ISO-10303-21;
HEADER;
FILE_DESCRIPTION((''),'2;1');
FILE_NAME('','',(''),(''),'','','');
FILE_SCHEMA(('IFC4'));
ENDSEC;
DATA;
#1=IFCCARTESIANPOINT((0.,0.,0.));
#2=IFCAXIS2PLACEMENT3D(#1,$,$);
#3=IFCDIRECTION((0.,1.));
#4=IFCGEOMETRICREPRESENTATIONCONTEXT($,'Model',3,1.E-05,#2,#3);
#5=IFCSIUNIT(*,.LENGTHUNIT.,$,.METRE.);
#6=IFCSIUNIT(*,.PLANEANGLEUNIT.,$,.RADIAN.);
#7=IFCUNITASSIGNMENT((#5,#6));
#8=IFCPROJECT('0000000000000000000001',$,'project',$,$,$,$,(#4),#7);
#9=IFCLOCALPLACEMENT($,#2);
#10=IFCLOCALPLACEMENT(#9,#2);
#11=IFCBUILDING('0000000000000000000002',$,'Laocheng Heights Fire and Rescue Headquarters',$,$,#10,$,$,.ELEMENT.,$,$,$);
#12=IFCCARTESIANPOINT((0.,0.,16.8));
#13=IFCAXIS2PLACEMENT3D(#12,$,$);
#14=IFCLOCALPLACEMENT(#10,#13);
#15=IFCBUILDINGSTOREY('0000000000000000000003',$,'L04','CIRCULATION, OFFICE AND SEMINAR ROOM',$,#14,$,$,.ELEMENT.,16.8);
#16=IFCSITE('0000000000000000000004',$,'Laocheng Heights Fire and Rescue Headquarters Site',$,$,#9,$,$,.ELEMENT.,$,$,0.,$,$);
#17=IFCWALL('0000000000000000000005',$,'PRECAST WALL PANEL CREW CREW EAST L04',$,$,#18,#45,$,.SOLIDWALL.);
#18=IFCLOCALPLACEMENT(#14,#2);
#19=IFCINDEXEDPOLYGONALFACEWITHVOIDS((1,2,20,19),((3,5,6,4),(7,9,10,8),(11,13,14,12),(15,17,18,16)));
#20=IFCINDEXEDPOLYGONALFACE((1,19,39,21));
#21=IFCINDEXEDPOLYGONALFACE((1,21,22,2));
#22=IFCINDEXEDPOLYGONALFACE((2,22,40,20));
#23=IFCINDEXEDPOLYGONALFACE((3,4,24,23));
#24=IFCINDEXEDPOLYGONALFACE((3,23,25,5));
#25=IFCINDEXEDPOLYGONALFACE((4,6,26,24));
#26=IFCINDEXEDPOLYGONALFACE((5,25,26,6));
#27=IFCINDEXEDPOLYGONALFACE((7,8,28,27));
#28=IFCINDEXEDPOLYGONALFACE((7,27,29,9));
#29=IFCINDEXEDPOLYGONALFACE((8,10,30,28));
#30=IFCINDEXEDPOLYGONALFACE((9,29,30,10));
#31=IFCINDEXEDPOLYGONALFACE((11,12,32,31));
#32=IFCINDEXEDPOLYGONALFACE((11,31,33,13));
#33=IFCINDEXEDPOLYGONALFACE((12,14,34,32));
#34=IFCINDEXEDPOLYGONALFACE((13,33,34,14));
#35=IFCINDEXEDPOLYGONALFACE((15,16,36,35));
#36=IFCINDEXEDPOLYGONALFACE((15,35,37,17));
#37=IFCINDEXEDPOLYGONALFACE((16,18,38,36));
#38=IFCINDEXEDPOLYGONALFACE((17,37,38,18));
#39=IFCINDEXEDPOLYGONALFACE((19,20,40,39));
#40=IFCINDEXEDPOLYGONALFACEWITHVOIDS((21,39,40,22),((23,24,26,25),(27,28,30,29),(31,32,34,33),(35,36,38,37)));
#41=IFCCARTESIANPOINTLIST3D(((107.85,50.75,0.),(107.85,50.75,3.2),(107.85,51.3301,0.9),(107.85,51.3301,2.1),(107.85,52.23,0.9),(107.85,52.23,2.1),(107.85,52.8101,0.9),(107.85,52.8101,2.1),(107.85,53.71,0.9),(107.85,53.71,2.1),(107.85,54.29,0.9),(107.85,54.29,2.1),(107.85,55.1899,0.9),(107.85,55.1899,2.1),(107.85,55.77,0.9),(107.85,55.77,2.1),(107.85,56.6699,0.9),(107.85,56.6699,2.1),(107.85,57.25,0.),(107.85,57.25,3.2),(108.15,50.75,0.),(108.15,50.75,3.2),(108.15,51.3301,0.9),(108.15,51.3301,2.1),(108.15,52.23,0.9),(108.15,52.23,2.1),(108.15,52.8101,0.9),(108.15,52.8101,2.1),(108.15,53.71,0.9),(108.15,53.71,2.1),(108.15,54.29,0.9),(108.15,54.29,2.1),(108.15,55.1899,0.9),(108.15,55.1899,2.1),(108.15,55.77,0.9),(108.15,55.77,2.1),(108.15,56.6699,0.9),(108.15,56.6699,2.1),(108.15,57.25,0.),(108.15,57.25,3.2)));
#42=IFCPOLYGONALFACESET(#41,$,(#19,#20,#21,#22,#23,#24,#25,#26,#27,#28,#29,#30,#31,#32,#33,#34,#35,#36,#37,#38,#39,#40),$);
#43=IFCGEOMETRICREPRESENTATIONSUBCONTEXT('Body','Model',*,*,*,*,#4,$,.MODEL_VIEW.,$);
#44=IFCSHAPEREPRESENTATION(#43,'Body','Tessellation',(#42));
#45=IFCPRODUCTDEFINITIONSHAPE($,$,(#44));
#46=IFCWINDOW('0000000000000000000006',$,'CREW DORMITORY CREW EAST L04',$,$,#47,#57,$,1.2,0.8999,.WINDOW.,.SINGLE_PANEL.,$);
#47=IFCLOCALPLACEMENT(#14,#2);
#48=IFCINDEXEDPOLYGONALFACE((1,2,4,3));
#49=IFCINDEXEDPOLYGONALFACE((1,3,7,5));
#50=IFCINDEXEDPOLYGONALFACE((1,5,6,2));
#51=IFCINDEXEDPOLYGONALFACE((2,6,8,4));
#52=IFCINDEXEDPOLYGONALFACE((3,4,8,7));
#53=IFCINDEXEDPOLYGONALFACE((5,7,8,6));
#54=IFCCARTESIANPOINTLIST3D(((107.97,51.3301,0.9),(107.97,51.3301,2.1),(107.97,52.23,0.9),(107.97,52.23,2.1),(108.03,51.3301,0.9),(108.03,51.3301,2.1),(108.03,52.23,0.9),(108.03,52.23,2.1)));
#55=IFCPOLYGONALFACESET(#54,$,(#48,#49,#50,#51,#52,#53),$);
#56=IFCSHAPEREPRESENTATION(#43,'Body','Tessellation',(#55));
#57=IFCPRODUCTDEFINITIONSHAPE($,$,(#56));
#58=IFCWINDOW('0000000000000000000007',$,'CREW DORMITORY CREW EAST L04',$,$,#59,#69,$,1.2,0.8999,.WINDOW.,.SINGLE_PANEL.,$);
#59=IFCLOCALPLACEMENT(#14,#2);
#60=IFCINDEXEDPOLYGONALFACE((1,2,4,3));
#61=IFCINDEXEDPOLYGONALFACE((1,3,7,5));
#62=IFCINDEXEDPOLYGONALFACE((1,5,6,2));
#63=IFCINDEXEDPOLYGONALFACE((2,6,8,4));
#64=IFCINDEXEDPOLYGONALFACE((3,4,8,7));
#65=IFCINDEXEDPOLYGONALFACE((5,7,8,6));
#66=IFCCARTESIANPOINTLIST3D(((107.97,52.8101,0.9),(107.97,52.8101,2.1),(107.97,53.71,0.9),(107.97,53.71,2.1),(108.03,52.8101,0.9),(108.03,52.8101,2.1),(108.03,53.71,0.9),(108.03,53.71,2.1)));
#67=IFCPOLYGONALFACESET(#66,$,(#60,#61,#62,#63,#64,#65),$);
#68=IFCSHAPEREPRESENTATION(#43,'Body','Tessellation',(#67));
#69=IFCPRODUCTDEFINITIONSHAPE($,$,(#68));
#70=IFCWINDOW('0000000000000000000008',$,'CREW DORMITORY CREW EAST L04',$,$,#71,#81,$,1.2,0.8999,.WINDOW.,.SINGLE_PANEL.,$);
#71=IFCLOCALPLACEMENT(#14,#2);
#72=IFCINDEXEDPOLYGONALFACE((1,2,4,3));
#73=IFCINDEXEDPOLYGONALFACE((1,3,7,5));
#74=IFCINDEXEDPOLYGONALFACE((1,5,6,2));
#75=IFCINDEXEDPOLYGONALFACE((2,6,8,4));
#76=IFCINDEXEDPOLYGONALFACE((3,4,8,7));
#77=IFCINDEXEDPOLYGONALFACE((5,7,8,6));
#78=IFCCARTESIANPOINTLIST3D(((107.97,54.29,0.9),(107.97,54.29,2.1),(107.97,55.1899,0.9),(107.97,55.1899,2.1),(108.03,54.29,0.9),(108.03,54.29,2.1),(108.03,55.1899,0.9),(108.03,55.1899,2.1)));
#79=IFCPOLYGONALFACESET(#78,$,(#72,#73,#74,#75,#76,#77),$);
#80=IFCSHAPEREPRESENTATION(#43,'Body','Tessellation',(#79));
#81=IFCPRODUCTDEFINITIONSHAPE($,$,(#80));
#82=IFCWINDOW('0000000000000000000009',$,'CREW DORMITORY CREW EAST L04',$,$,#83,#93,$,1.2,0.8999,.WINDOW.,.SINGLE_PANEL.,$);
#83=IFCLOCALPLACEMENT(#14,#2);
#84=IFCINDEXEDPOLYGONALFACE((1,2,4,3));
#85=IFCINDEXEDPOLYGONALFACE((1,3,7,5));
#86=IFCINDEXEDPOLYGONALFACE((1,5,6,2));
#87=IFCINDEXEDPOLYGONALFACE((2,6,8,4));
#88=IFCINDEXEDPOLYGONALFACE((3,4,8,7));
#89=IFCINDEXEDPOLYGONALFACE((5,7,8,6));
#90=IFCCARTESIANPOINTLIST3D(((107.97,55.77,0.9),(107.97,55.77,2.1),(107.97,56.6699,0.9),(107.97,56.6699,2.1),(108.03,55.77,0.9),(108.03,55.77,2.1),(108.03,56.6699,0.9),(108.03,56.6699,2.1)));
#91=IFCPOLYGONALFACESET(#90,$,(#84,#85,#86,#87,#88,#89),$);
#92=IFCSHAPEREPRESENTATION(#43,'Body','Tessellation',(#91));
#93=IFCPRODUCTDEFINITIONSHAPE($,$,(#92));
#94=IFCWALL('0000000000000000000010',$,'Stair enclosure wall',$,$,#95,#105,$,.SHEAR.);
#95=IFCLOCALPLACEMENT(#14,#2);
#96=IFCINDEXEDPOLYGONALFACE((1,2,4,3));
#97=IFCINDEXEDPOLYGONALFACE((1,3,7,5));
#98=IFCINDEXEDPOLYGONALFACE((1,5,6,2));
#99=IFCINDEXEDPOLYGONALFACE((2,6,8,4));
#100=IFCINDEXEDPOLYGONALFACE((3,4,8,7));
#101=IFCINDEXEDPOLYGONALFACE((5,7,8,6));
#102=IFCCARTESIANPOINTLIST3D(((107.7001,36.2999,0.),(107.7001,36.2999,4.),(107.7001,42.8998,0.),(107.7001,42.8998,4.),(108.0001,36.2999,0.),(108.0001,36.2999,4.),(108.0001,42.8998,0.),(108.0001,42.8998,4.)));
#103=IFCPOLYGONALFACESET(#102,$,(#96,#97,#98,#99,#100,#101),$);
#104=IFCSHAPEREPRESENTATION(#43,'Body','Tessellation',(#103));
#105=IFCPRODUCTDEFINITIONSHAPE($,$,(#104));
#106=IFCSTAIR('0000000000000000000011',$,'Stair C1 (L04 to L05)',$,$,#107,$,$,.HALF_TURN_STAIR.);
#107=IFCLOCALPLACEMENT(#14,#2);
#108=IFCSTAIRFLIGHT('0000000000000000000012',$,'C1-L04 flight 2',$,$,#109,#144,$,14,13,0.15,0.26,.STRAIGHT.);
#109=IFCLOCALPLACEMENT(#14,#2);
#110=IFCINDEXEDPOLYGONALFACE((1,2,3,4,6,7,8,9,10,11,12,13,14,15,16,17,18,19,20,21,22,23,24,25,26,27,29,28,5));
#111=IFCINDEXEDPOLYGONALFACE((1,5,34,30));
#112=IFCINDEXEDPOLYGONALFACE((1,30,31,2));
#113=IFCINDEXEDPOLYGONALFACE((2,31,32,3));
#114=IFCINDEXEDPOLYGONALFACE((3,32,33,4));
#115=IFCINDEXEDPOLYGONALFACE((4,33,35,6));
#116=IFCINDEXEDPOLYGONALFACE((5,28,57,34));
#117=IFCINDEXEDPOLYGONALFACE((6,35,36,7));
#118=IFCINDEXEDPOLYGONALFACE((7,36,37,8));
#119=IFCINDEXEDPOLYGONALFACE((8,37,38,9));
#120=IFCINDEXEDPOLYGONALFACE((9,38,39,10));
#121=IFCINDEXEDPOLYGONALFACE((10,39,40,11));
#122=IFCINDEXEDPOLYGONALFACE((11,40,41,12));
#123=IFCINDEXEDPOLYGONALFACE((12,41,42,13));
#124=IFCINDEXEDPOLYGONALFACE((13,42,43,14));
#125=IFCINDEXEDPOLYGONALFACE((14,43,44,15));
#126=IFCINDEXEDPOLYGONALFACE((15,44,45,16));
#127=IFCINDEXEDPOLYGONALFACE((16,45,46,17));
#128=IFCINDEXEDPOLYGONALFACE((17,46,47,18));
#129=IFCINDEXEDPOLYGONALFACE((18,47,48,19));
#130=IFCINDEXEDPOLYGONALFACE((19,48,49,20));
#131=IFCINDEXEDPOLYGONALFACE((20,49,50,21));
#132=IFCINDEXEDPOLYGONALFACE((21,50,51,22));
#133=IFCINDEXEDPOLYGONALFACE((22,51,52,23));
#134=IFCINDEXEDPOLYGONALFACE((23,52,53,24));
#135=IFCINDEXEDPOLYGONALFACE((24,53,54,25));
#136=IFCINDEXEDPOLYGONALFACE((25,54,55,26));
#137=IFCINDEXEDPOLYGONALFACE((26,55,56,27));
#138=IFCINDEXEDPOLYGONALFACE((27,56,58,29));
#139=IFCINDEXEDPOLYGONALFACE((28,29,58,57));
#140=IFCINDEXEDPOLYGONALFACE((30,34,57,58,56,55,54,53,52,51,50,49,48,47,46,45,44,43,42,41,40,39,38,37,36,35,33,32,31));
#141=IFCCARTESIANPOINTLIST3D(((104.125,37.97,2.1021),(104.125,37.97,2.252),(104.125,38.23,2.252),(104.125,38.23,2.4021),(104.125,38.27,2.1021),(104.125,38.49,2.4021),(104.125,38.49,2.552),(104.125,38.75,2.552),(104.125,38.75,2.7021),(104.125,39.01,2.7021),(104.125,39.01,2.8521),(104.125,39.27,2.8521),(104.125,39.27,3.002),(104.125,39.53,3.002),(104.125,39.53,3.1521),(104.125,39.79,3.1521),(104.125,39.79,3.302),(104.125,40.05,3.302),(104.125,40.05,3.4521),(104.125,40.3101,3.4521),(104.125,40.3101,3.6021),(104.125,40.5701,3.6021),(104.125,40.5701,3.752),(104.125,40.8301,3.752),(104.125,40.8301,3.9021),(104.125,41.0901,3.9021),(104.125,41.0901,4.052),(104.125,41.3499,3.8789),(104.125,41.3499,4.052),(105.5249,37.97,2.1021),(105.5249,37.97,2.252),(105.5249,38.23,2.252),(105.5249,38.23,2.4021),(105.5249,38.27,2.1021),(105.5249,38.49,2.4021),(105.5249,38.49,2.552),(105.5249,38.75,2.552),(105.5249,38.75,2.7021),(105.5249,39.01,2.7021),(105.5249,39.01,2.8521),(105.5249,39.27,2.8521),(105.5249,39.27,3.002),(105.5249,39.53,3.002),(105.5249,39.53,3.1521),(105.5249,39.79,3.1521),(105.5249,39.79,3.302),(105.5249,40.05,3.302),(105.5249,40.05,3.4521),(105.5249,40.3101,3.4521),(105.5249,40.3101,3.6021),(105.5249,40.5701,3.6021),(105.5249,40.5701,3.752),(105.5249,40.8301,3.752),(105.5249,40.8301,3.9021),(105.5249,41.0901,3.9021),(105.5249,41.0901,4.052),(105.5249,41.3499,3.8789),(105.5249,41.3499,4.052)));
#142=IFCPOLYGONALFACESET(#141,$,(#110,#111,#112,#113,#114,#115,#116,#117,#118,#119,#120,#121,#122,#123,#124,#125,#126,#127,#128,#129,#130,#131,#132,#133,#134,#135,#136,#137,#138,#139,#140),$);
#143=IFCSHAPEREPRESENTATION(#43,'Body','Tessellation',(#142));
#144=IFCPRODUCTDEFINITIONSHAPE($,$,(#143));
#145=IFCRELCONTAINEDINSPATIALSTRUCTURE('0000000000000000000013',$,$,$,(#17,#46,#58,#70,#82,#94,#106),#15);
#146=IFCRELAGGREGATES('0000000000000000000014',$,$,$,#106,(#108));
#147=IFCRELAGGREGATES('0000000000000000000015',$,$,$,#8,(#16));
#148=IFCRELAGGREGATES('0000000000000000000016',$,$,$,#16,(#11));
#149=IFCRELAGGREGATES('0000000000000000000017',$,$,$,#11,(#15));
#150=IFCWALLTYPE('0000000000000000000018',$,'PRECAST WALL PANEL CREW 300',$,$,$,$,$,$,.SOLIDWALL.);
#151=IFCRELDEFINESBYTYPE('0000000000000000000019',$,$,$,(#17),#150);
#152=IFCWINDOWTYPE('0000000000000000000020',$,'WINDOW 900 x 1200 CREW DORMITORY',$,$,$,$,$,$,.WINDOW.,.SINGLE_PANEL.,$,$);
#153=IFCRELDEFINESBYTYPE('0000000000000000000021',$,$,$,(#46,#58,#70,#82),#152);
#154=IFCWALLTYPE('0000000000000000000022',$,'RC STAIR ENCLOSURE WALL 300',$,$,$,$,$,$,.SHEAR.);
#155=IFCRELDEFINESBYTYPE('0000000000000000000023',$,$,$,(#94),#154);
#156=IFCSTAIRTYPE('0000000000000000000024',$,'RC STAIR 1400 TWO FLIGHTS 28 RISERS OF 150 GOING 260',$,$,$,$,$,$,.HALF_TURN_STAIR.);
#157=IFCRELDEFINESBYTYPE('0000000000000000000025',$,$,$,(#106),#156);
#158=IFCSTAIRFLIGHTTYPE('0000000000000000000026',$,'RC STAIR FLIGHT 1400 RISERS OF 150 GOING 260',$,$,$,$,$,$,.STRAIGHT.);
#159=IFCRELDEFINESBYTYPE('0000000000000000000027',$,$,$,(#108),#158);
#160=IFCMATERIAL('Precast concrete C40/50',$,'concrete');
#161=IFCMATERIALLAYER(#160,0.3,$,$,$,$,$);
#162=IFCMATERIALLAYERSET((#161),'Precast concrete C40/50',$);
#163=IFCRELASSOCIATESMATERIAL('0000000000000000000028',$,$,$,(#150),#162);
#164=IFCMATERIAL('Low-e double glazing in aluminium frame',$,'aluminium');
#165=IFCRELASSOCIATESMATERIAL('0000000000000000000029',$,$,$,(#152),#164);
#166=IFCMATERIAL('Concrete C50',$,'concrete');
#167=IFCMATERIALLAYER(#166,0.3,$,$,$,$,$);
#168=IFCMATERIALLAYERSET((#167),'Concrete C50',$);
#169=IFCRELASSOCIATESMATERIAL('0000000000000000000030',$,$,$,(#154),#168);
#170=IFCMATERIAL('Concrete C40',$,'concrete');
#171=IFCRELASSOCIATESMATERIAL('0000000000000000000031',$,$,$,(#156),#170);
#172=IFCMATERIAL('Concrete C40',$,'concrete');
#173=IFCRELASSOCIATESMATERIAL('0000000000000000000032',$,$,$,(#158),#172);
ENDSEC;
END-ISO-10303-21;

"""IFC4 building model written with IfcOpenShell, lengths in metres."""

from ifc_helpers import new_model, si_unit, direction, frame, frame_2d, origin, place, context, subcontext, project, spatial, polyline, rectangle, outline, extrude, material, layer, layer_set, type_object, element, fill, aggregate, save


model = new_model("IFC4")

# Units and contexts
model_context = context("Model", 3, precision=1e-05, world=origin(), true_north=direction((0.0, 1.0)))
body_context = subcontext(model_context, "Body", "Model", "MODEL_VIEW")
ifc_project = project(units=[si_unit("LENGTHUNIT", "METRE"), si_unit("PLANEANGLEUNIT", "RADIAN")], contexts=[model_context])

# Site, building, storey
site_placement = place(None, origin())
site = spatial("IfcSite", under=ifc_project, at=site_placement, Name="Laocheng Heights Fire and Rescue Headquarters Site", CompositionType="ELEMENT", RefElevation=0.0)
building_placement = place(site_placement, origin())
building = spatial("IfcBuilding", under=site, at=building_placement, Name="Laocheng Heights Fire and Rescue Headquarters", CompositionType="ELEMENT")
storey_placement = place(building_placement, frame((0.0, 0.0, 16.8)))
storey = spatial("IfcBuildingStorey", under=building, at=storey_placement, Name="L04", Description="CIRCULATION, OFFICE AND SEMINAR ROOM", CompositionType="ELEMENT", Elevation=16.8)

# Wall, openings, windows
ifc_material_1 = material(Name="Precast concrete C40/50", Category="concrete")
ifc_layer_1 = layer(ifc_material_1, 0.3)
ifc_layer_set_1 = layer_set([ifc_layer_1], Name="Precast concrete C40/50")
wall_type_1 = type_object("IfcWallType", Name="PRECAST WALL PANEL CREW 300", PredefinedType="SOLIDWALL", material=ifc_layer_set_1)
ifc_material_2 = material(Name="Low-e double glazing in aluminium frame", Category="aluminium")
window_type = type_object("IfcWindowType", Name="WINDOW 900 x 1200 CREW DORMITORY", PartitioningType="SINGLE_PANEL", PredefinedType="WINDOW", material=ifc_material_2)
wall_1_placement = place(storey_placement, frame((108.0, 50.75, 0.0), z_axis=(0.0, 0.0, 1.0), x_axis=(0.0, 1.0, 0.0)))
wall_1 = element("IfcWall", 1, at=wall_1_placement, inside=storey, type_object=wall_type_1, Name="PRECAST WALL PANEL CREW CREW EAST L04", PredefinedType="SOLIDWALL", context=body_context, shape_type="SweptSolid", body=[
    extrude(rectangle(XDim=6.5, YDim=0.3, at=frame_2d((3.25, 0.0))), origin(), (0.0, 0.0, 1.0), 3.2),
])
opening_1_placement = place(wall_1_placement, frame((0.5801, 0.0, 0.8999)))
opening_1 = element("IfcOpeningElement", 2, at=opening_1_placement, cuts=wall_1, PredefinedType="OPENING", context=body_context, shape_type="SweptSolid", body=[
    extrude(rectangle(XDim=0.8999, YDim=1.2, at=frame_2d((0.45, 0.6001))), frame((0.0, 0.1599, 0.0), z_axis=(0.0, -1.0, 0.0), x_axis=(1.0, 0.0, 0.0)), (0.0, 0.0, 1.0), 0.3201),
])
opening_2_placement = place(wall_1_placement, frame((2.0601, 0.0, 0.8999)))
opening_2 = element("IfcOpeningElement", 3, at=opening_2_placement, cuts=wall_1, PredefinedType="OPENING", context=body_context, shape_type="SweptSolid", body=[
    extrude(rectangle(XDim=0.8999, YDim=1.2, at=frame_2d((0.45, 0.6001))), frame((0.0, 0.1599, 0.0), z_axis=(0.0, -1.0, 0.0), x_axis=(1.0, 0.0, 0.0)), (0.0, 0.0, 1.0), 0.3201),
])
opening_3_placement = place(wall_1_placement, frame((3.54, 0.0, 0.8999)))
opening_3 = element("IfcOpeningElement", 4, at=opening_3_placement, cuts=wall_1, PredefinedType="OPENING", context=body_context, shape_type="SweptSolid", body=[
    extrude(rectangle(XDim=0.8999, YDim=1.2, at=frame_2d((0.45, 0.6001))), frame((0.0, 0.1599, 0.0), z_axis=(0.0, -1.0, 0.0), x_axis=(1.0, 0.0, 0.0)), (0.0, 0.0, 1.0), 0.3201),
])
opening_4_placement = place(wall_1_placement, frame((5.02, 0.0, 0.8999)))
opening_4 = element("IfcOpeningElement", 5, at=opening_4_placement, cuts=wall_1, PredefinedType="OPENING", context=body_context, shape_type="SweptSolid", body=[
    extrude(rectangle(XDim=0.8999, YDim=1.2, at=frame_2d((0.45, 0.6001))), frame((0.0, 0.1599, 0.0), z_axis=(0.0, -1.0, 0.0), x_axis=(1.0, 0.0, 0.0)), (0.0, 0.0, 1.0), 0.3201),
])
window_1_placement = place(opening_1_placement, origin())
window_1 = element("IfcWindow", 6, at=window_1_placement, inside=storey, type_object=window_type, Name="CREW DORMITORY CREW EAST L04", OverallHeight=1.2, OverallWidth=0.8999, PartitioningType="SINGLE_PANEL", PredefinedType="WINDOW", context=body_context, shape_type="SweptSolid", body=[
    extrude(rectangle(XDim=0.8999, YDim=1.2, at=frame_2d((0.45, 0.6001))), frame((0.0, 0.03, 0.0), z_axis=(0.0, -1.0, 0.0), x_axis=(1.0, 0.0, 0.0)), (0.0, 0.0, 1.0), 0.0601),
])
fill(opening_1, window_1)
window_2_placement = place(opening_2_placement, origin())
window_2 = element("IfcWindow", 7, at=window_2_placement, inside=storey, type_object=window_type, Name="CREW DORMITORY CREW EAST L04", OverallHeight=1.2, OverallWidth=0.8999, PartitioningType="SINGLE_PANEL", PredefinedType="WINDOW", context=body_context, shape_type="SweptSolid", body=[
    extrude(rectangle(XDim=0.8999, YDim=1.2, at=frame_2d((0.45, 0.6001))), frame((0.0, 0.03, 0.0), z_axis=(0.0, -1.0, 0.0), x_axis=(1.0, 0.0, 0.0)), (0.0, 0.0, 1.0), 0.0601),
])
fill(opening_2, window_2)
window_3_placement = place(opening_3_placement, origin())
window_3 = element("IfcWindow", 8, at=window_3_placement, inside=storey, type_object=window_type, Name="CREW DORMITORY CREW EAST L04", OverallHeight=1.2, OverallWidth=0.8999, PartitioningType="SINGLE_PANEL", PredefinedType="WINDOW", context=body_context, shape_type="SweptSolid", body=[
    extrude(rectangle(XDim=0.8999, YDim=1.2, at=frame_2d((0.45, 0.6001))), frame((0.0, 0.03, 0.0), z_axis=(0.0, -1.0, 0.0), x_axis=(1.0, 0.0, 0.0)), (0.0, 0.0, 1.0), 0.0601),
])
fill(opening_3, window_3)
window_4_placement = place(opening_4_placement, origin())
window_4 = element("IfcWindow", 9, at=window_4_placement, inside=storey, type_object=window_type, Name="CREW DORMITORY CREW EAST L04", OverallHeight=1.2, OverallWidth=0.8999, PartitioningType="SINGLE_PANEL", PredefinedType="WINDOW", context=body_context, shape_type="SweptSolid", body=[
    extrude(rectangle(XDim=0.8999, YDim=1.2, at=frame_2d((0.45, 0.6001))), frame((0.0, 0.03, 0.0), z_axis=(0.0, -1.0, 0.0), x_axis=(1.0, 0.0, 0.0)), (0.0, 0.0, 1.0), 0.0601),
])
fill(opening_4, window_4)

# Wall
ifc_material_3 = material(Name="Concrete C50", Category="concrete")
ifc_layer_2 = layer(ifc_material_3, 0.3)
ifc_layer_set_2 = layer_set([ifc_layer_2], Name="Concrete C50")
wall_type_2 = type_object("IfcWallType", Name="RC STAIR ENCLOSURE WALL 300", PredefinedType="SHEAR", material=ifc_layer_set_2)
wall_2_placement = place(storey_placement, frame((107.8501, 36.3, 0.0), z_axis=(0.0, 0.0, 1.0), x_axis=(0.0, 1.0, 0.0)))
element("IfcWall", 10, at=wall_2_placement, inside=storey, type_object=wall_type_2, Name="Stair enclosure wall", PredefinedType="SHEAR", context=body_context, shape_type="SweptSolid", body=[
    extrude(rectangle(XDim=6.5999, YDim=0.3, at=frame_2d((3.2998, 0.0))), origin(), (0.0, 0.0, 1.0), 4.0),
])

# Stair, stair flight
ifc_material_4 = material(Name="Concrete C40", Category="concrete")
stair_type = type_object("IfcStairType", Name="RC STAIR 1400 TWO FLIGHTS 28 RISERS OF 150 GOING 260", PredefinedType="HALF_TURN_STAIR", material=ifc_material_4)
stair_placement = place(storey_placement, origin())
stair = element("IfcStair", 11, at=stair_placement, inside=storey, type_object=stair_type, Name="Stair C1 (L04 to L05)", PredefinedType="HALF_TURN_STAIR")
ifc_material_5 = material(Name="Concrete C40", Category="concrete")
stair_flight_type = type_object("IfcStairFlightType", Name="RC STAIR FLIGHT 1400 RISERS OF 150 GOING 260", PredefinedType="STRAIGHT", material=ifc_material_5)
stair_flight_placement = place(storey_placement, frame((104.825, 37.97, 2.1021), z_axis=(0.0, 0.0, 1.0), x_axis=(0.0, 1.0, 0.0)))
stair_flight = element("IfcStairFlight", 12, at=stair_flight_placement, type_object=stair_flight_type, Name="C1-L04 flight 2", NumberOfRisers=14, NumberOfTreads=13, PredefinedType="STRAIGHT", RiserHeight=0.15, TreadLength=0.26, context=body_context, shape_type="SweptSolid", body=[
    extrude(outline(polyline([(0.0, 0.0), (0.0, 0.1499), (0.26, 0.1499), (0.26, 0.3), (0.52, 0.3), (0.52, 0.45), (0.78, 0.45), (0.78, 0.6001), (1.04, 0.6001), (1.04, 0.75), (1.3, 0.75), (1.3, 0.8999), (1.5601, 0.8999), (1.5601, 1.05), (1.8201, 1.05), (1.8201, 1.2), (2.0801, 1.2), (2.0801, 1.3501), (2.3401, 1.3501), (2.3401, 1.5), (2.6001, 1.5), (2.6001, 1.6499), (2.8601, 1.6499), (2.8601, 1.8), (3.1201, 1.8), (3.1201, 1.95), (3.3799, 1.95), (3.3799, 2.1001), (3.3799, 1.7769), (0.3, 0.0), (0.0, 0.0)])), frame((0.0, 0.7, 0.0), z_axis=(0.0, -1.0, 0.0), x_axis=(1.0, 0.0, 0.0)), (0.0, 0.0, 1.0), 1.3999),
])
aggregate(stair, [stair_flight])

save(model, "model.ifc")
